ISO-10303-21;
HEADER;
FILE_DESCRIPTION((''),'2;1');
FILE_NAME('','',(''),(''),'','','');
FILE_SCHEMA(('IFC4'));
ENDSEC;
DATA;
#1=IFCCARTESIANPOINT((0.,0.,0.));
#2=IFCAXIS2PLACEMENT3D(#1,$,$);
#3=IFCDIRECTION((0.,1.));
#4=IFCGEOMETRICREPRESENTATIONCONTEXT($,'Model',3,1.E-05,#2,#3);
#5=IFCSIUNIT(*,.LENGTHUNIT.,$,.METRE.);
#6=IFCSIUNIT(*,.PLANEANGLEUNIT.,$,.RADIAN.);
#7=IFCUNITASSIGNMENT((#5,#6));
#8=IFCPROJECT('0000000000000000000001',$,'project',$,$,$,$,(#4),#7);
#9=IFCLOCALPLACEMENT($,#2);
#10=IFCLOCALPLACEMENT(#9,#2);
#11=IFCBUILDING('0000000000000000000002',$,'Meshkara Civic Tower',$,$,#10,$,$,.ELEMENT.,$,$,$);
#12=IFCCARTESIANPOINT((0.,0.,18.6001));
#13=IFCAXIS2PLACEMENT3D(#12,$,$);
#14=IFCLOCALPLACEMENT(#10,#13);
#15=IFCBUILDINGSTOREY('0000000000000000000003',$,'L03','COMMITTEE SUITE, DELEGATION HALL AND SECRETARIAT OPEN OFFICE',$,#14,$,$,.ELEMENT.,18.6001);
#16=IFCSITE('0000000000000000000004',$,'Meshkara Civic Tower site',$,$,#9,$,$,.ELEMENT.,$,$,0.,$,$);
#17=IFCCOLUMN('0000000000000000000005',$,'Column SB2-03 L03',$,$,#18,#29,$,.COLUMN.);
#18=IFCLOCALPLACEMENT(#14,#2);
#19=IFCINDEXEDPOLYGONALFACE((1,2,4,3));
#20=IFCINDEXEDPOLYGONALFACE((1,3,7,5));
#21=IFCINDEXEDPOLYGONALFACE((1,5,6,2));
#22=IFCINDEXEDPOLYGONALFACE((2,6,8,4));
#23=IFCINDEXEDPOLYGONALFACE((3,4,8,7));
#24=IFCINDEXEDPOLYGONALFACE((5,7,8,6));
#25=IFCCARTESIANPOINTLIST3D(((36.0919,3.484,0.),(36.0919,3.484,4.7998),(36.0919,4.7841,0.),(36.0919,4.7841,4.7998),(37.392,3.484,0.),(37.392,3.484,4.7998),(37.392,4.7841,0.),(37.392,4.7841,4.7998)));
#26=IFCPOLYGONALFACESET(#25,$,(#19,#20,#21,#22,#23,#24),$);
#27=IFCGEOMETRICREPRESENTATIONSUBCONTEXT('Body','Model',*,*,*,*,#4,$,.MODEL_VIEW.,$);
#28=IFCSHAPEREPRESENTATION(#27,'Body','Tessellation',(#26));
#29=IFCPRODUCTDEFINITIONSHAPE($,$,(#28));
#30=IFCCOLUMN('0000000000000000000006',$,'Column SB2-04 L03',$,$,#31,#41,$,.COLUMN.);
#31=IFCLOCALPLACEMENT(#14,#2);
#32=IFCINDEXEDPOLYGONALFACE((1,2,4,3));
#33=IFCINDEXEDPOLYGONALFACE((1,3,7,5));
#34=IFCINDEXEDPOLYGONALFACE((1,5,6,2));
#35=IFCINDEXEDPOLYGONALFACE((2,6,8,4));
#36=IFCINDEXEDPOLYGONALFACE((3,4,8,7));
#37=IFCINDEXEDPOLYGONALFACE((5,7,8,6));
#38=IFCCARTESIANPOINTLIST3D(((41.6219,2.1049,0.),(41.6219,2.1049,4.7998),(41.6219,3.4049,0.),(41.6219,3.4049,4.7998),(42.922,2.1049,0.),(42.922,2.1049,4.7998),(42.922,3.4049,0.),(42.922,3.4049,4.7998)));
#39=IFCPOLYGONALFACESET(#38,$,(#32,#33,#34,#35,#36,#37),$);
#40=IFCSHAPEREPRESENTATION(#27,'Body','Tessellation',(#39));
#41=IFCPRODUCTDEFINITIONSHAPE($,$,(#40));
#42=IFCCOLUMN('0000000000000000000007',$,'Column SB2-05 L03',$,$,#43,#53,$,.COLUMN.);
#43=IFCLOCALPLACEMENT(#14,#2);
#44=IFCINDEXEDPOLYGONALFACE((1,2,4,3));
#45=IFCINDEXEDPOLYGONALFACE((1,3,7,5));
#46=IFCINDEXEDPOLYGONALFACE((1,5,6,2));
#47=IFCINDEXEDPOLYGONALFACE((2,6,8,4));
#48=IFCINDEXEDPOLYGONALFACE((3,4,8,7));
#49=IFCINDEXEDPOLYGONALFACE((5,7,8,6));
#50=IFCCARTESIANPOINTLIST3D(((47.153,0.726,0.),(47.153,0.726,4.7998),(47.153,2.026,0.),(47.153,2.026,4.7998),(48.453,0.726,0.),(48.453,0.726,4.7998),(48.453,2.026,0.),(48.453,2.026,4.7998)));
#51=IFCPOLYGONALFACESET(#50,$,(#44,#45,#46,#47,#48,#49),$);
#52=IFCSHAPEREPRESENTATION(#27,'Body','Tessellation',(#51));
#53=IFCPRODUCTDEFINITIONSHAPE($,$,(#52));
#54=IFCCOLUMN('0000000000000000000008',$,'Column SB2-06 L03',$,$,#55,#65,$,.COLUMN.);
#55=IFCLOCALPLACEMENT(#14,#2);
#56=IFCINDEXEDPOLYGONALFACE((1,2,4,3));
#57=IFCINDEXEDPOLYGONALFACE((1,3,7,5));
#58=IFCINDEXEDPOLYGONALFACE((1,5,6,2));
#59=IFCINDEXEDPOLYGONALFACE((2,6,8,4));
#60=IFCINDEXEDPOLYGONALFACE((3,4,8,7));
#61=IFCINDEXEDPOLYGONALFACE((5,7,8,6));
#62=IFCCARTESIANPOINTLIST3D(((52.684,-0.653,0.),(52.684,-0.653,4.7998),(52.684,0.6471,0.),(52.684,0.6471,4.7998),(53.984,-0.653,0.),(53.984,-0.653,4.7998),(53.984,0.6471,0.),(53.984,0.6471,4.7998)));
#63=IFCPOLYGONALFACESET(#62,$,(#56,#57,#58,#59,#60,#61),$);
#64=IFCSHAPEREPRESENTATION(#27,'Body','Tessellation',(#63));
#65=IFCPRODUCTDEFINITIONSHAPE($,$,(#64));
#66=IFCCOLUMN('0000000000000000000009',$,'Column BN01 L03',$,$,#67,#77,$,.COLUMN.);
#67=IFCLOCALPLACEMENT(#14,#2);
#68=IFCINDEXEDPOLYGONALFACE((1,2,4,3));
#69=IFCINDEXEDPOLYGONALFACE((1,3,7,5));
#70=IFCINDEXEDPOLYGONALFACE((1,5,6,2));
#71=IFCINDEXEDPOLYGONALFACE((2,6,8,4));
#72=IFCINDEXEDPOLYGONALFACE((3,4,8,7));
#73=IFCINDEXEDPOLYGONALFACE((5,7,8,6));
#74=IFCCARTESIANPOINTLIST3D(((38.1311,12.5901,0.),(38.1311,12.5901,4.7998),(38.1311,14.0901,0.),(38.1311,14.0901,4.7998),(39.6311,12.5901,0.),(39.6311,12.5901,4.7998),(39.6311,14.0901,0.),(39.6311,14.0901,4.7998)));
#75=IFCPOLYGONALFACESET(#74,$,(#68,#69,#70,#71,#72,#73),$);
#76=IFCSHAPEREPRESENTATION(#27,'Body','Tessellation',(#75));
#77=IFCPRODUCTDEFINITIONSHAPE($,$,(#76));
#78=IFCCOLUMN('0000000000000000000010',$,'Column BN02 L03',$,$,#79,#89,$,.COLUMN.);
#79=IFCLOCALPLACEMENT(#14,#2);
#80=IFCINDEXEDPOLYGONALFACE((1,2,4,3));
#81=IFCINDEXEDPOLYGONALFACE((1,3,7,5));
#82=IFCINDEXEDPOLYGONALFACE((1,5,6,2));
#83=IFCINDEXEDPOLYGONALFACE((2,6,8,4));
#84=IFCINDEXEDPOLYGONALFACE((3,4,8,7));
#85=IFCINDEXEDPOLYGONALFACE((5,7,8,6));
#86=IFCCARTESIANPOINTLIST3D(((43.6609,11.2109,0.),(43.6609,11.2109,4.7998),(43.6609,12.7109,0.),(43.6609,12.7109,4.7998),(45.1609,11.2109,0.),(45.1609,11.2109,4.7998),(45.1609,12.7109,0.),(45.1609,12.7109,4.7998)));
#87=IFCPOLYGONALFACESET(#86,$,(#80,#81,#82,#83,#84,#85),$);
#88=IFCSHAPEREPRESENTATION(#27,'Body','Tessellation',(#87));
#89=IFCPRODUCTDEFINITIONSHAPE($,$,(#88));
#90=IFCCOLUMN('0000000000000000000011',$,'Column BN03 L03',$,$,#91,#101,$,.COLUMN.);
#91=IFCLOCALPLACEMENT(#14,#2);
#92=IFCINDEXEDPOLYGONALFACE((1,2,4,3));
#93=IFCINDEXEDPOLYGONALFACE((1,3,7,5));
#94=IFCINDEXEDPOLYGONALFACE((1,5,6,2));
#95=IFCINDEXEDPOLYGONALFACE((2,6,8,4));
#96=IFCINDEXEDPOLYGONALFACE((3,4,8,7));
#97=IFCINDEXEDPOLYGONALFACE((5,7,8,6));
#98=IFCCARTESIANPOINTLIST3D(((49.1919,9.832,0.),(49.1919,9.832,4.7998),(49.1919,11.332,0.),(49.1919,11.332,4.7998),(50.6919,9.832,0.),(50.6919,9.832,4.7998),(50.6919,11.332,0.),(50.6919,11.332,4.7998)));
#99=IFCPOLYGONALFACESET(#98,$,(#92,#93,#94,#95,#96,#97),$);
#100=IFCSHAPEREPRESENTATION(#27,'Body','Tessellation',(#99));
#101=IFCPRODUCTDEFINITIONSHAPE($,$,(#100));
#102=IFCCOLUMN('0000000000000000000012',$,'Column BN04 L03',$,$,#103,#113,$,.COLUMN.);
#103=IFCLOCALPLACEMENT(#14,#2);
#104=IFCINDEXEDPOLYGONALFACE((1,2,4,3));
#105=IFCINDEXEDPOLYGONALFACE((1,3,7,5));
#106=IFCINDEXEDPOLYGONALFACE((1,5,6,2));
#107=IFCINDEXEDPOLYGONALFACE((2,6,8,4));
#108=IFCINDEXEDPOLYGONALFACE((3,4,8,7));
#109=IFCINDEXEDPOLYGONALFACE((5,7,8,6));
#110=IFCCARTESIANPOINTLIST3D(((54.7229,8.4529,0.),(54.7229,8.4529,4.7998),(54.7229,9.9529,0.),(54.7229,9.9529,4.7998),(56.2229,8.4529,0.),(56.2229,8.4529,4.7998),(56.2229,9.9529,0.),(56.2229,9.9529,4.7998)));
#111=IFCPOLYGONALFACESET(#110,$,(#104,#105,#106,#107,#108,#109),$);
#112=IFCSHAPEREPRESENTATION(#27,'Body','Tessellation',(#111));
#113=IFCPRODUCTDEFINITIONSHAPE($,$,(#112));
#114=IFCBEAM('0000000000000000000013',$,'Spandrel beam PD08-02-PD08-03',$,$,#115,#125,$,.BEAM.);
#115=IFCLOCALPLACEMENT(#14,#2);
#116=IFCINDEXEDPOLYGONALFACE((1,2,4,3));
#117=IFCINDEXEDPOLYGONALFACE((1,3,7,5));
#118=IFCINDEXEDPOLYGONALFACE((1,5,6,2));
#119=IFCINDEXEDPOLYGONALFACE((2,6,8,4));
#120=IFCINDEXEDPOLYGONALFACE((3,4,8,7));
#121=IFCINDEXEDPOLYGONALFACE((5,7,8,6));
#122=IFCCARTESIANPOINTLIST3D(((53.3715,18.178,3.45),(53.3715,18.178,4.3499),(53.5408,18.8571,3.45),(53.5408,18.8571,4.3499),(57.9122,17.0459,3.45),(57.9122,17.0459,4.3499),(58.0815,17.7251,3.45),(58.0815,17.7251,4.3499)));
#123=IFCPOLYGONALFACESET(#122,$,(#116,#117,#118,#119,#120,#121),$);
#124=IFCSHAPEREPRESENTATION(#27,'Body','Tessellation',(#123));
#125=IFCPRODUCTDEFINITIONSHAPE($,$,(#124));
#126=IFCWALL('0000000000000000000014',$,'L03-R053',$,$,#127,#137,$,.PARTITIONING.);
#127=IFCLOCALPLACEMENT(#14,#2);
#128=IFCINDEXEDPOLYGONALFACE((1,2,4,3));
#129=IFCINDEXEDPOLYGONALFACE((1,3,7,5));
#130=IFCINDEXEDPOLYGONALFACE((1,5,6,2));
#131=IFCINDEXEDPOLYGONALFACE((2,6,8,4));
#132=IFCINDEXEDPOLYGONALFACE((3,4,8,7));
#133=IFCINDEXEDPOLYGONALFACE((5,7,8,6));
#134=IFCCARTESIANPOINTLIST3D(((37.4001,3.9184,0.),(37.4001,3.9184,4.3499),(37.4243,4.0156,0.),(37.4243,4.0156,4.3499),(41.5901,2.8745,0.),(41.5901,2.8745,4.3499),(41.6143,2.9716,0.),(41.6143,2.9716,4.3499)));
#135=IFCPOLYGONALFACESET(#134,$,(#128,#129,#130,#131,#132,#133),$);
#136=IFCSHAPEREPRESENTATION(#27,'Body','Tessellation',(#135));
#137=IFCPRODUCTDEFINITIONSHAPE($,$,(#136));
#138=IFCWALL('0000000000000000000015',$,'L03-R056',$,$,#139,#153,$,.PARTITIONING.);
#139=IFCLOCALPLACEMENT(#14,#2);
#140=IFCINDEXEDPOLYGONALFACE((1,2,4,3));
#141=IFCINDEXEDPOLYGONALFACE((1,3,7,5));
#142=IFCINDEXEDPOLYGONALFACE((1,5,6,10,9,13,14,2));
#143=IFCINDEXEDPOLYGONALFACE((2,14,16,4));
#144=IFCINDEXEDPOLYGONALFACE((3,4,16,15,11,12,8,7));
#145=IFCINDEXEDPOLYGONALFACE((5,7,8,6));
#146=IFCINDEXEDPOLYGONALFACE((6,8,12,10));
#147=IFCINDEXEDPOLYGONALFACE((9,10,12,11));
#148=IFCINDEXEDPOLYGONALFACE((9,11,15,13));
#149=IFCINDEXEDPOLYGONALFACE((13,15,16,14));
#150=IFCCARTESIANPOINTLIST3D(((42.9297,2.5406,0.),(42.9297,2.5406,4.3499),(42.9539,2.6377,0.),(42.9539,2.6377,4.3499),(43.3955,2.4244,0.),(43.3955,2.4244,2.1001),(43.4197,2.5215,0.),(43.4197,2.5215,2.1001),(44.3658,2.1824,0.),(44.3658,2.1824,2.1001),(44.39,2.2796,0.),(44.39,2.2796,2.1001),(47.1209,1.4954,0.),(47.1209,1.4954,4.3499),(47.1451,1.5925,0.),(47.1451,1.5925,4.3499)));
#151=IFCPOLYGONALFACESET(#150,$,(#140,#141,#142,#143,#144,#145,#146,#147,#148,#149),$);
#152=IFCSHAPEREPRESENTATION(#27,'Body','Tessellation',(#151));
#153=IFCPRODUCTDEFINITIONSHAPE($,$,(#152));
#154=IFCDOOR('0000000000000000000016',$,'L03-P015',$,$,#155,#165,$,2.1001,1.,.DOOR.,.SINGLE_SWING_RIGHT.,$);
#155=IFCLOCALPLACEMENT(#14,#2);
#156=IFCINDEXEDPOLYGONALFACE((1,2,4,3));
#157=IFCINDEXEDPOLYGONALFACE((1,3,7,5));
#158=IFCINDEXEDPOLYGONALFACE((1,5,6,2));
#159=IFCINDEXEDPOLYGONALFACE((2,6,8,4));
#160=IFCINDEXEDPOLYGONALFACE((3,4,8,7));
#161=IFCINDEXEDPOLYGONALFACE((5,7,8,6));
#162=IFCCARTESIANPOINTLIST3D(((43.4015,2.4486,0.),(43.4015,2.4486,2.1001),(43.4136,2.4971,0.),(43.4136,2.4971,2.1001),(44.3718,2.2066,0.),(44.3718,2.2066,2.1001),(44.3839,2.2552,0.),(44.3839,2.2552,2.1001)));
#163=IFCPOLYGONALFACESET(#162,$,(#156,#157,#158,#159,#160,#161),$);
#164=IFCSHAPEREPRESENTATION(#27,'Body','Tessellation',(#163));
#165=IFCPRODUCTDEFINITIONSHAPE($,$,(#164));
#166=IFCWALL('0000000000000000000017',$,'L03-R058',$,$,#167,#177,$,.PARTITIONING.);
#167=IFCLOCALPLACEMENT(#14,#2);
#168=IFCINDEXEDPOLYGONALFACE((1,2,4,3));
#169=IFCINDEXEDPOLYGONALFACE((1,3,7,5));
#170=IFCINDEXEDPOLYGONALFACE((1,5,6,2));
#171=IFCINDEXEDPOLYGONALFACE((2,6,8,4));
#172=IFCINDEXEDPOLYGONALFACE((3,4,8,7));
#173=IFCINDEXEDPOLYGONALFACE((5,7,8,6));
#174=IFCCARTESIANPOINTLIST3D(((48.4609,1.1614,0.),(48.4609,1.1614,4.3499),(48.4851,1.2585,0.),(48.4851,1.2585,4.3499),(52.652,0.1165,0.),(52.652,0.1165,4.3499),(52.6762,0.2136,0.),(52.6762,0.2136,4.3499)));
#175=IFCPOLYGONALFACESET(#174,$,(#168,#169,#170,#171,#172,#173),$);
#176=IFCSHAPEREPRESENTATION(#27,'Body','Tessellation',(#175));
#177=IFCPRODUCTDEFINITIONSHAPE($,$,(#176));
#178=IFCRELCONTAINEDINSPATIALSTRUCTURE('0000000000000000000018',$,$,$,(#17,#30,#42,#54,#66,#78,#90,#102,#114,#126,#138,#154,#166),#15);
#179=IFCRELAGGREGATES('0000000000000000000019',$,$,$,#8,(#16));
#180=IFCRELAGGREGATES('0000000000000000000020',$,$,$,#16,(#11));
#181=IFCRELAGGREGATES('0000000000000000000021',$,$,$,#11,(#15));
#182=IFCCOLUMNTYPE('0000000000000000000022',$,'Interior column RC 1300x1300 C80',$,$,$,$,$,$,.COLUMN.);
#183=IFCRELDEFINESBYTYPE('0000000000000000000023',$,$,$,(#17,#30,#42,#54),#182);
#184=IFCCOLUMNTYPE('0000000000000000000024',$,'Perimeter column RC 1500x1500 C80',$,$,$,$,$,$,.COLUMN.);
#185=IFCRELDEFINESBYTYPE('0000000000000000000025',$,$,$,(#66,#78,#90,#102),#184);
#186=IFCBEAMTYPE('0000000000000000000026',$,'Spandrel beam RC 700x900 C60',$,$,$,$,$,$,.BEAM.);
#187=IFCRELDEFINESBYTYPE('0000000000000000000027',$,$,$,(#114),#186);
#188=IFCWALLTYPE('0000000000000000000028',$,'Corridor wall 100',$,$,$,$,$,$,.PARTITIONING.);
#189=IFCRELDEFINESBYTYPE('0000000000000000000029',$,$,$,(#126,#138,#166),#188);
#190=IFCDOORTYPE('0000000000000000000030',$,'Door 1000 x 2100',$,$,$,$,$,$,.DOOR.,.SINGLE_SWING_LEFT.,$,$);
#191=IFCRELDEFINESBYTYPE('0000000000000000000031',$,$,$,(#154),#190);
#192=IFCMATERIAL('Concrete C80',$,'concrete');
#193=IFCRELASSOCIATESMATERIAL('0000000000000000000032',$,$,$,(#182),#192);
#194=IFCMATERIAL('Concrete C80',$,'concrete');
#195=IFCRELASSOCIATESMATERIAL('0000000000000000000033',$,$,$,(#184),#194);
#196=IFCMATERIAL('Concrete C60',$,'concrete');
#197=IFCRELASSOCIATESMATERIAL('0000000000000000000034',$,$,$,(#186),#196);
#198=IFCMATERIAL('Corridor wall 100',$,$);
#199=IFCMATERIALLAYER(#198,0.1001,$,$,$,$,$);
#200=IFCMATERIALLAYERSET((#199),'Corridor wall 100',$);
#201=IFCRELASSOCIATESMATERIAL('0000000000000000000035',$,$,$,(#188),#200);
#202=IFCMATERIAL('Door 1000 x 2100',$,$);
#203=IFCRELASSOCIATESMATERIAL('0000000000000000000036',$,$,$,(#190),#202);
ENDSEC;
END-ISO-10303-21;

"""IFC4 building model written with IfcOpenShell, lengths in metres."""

from ifc_helpers import new_model, si_unit, direction, frame, frame_2d, origin, origin_2d, place, context, subcontext, project, spatial, rectangle, extrude, material, layer, layer_set, material_profile, profile_set, type_object, element, fill, save


model = new_model("IFC4")

# Units and contexts
model_context = context("Model", 3, precision=1e-05, world=origin(), true_north=direction((0.0, 1.0)))
body_context = subcontext(model_context, "Body", "Model", "MODEL_VIEW")
ifc_project = project(units=[si_unit("LENGTHUNIT", "METRE"), si_unit("PLANEANGLEUNIT", "RADIAN")], contexts=[model_context])

# Site, building, storey
site_placement = place(None, origin())
site = spatial("IfcSite", under=ifc_project, at=site_placement, Name="Meshkara Civic Tower site", CompositionType="ELEMENT", RefElevation=0.0)
building_placement = place(site_placement, origin())
building = spatial("IfcBuilding", under=site, at=building_placement, Name="Meshkara Civic Tower", CompositionType="ELEMENT")
storey_placement = place(building_placement, frame((0.0, 0.0, 18.6001)))
storey = spatial("IfcBuildingStorey", under=building, at=storey_placement, Name="L03", Description="COMMITTEE SUITE, DELEGATION HALL AND SECRETARIAT OPEN OFFICE", CompositionType="ELEMENT", Elevation=18.6001)

# Columns
ifc_material_1 = material(Name="Concrete C80", Category="concrete")
ifc_material_profile_1 = material_profile(ifc_material_1, rectangle(XDim=1.3, YDim=1.3, at=origin_2d()))
ifc_profile_set_1 = profile_set([ifc_material_profile_1], Name="Concrete C80")
column_type_1 = type_object("IfcColumnType", Name="Interior column RC 1300x1300 C80", PredefinedType="COLUMN", material=ifc_profile_set_1)
for number, where, z_axis, x_axis, name in (
    (1, (36.7419, 4.134, 0.0), (0.0, 0.0, 1.0), (1.0, 0.0, 0.0), "Column SB2-03 L03"),
    (2, (42.272, 2.7549, 0.0), (0.0, 0.0, 1.0), (1.0, 0.0, 0.0), "Column SB2-04 L03"),
    (3, (47.803, 1.376, 0.0), (0.0, 0.0, 1.0), (1.0, 0.0, 0.0), "Column SB2-05 L03"),
    (4, (53.334, -0.0029, 0.0), (0.0, 0.0, 1.0), (1.0, 0.0, 0.0), "Column SB2-06 L03"),
):
    element("IfcColumn", number, at=place(storey_placement, frame(where, z_axis=z_axis, x_axis=x_axis)), inside=storey, type_object=column_type_1, Name=name, PredefinedType="COLUMN", context=body_context, shape_type="SweptSolid", body=[
        extrude(rectangle(XDim=1.3, YDim=1.3, at=origin_2d()), origin(), (0.0, 0.0, 1.0), 4.7998),
    ])
ifc_material_2 = material(Name="Concrete C80", Category="concrete")
ifc_material_profile_2 = material_profile(ifc_material_2, rectangle(XDim=1.5, YDim=1.5, at=origin_2d()))
ifc_profile_set_2 = profile_set([ifc_material_profile_2], Name="Concrete C80")
column_type_2 = type_object("IfcColumnType", Name="Perimeter column RC 1500x1500 C80", PredefinedType="COLUMN", material=ifc_profile_set_2)
for number, where, z_axis, x_axis, name in (
    (5, (38.8811, 13.3401, 0.0), (0.0, 0.0, 1.0), (1.0, 0.0, 0.0), "Column BN01 L03"),
    (6, (44.4109, 11.9609, 0.0), (0.0, 0.0, 1.0), (1.0, 0.0, 0.0), "Column BN02 L03"),
    (7, (49.9419, 10.582, 0.0), (0.0, 0.0, 1.0), (1.0, 0.0, 0.0), "Column BN03 L03"),
    (8, (55.4729, 9.2029, 0.0), (0.0, 0.0, 1.0), (1.0, 0.0, 0.0), "Column BN04 L03"),
):
    element("IfcColumn", number, at=place(storey_placement, frame(where, z_axis=z_axis, x_axis=x_axis)), inside=storey, type_object=column_type_2, Name=name, PredefinedType="COLUMN", context=body_context, shape_type="SweptSolid", body=[
        extrude(rectangle(XDim=1.5, YDim=1.5, at=origin_2d()), origin(), (0.0, 0.0, 1.0), 4.7998),
    ])

# Beam
ifc_material_3 = material(Name="Concrete C60", Category="concrete")
ifc_material_profile_3 = material_profile(ifc_material_3, rectangle(XDim=0.7, YDim=0.8999, at=origin_2d()))
ifc_profile_set_3 = profile_set([ifc_material_profile_3], Name="Concrete C60")
beam_type = type_object("IfcBeamType", Name="Spandrel beam RC 700x900 C60", PredefinedType="BEAM", material=ifc_profile_set_3)
beam_placement = place(storey_placement, frame((57.9968, 17.3855, 3.8999), z_axis=(-0.970299, 0.24191, 0.0), x_axis=(-0.24191, -0.970299, 0.0)))
element("IfcBeam", 9, at=beam_placement, inside=storey, type_object=beam_type, Name="Spandrel beam PD08-02-PD08-03", PredefinedType="BEAM", context=body_context, shape_type="SweptSolid", body=[
    extrude(rectangle(XDim=0.7, YDim=0.8999, at=origin_2d()), origin(), (0.0, 0.0, 1.0), 4.6797),
])

# Wall
ifc_material_4 = material(Name="Corridor wall 100")
ifc_layer_1 = layer(ifc_material_4, 0.1001)
ifc_layer_set_1 = layer_set([ifc_layer_1], Name="Corridor wall 100")
wall_type_1 = type_object("IfcWallType", Name="Corridor wall 100", PredefinedType="PARTITIONING", material=ifc_layer_set_1)
wall_1_placement = place(storey_placement, frame((37.4121, 3.967, 0.0), z_axis=(0.0, 0.0, 1.0), x_axis=(0.970335, -0.241764, 0.0)))
element("IfcWall", 10, at=wall_1_placement, inside=storey, type_object=wall_type_1, Name="L03-R053", PredefinedType="PARTITIONING", context=body_context, shape_type="SweptSolid", body=[
    extrude(rectangle(XDim=4.3181, YDim=0.1001, at=frame_2d((2.1592, 0.0))), origin(), (0.0, 0.0, 1.0), 4.3499),
])

# Wall, opening, door
wall_2_placement = place(storey_placement, frame((42.9419, 2.5891, 0.0), z_axis=(0.0, 0.0, 1.0), x_axis=(0.970285, -0.241964, 0.0)))
wall_2 = element("IfcWall", 11, at=wall_2_placement, inside=storey, type_object=wall_type_1, Name="L03-R056", PredefinedType="PARTITIONING", context=body_context, shape_type="SweptSolid", body=[
    extrude(rectangle(XDim=4.3196, YDim=0.1001, at=frame_2d((2.1597, 0.0))), origin(), (0.0, 0.0, 1.0), 4.3499),
])
opening_1_placement = place(wall_2_placement, frame((0.48, 0.0, 0.0)))
opening_1 = element("IfcOpeningElement", 12, at=opening_1_placement, cuts=wall_2, PredefinedType="OPENING", context=body_context, shape_type="SweptSolid", body=[
    extrude(rectangle(XDim=1.0, YDim=2.1001, at=frame_2d((0.5, 1.05))), frame((0.0, 0.0601, 0.0), z_axis=(0.0, -1.0, 0.0), x_axis=(1.0, 0.0, 0.0)), (0.0, 0.0, 1.0), 0.1201),
])
ifc_material_5 = material(Name="Door 1000 x 2100")
door_type = type_object("IfcDoorType", Name="Door 1000 x 2100", OperationType="SINGLE_SWING_LEFT", PredefinedType="DOOR", material=ifc_material_5)
door_placement = place(opening_1_placement, origin())
door = element("IfcDoor", 13, at=door_placement, inside=storey, type_object=door_type, Name="L03-P015", OperationType="SINGLE_SWING_RIGHT", OverallHeight=2.1001, OverallWidth=1.0, PredefinedType="DOOR", context=body_context, shape_type="SweptSolid", body=[
    extrude(rectangle(XDim=1.0, YDim=2.1001, at=frame_2d((0.5, 1.05))), frame((0.0, 0.0249, 0.0), z_axis=(0.0, -1.0, 0.0), x_axis=(1.0, 0.0, 0.0)), (0.0, 0.0, 1.0), 0.05),
])
fill(opening_1, door)

# Wall
wall_3_placement = place(storey_placement, frame((52.6641, 0.165, 0.0), z_axis=(0.0, 0.0, 1.0), x_axis=(-0.970299, 0.241911, 0.0)))
element("IfcWall", 14, at=wall_3_placement, inside=storey, type_object=wall_type_1, Name="L03-R058", PredefinedType="PARTITIONING", context=body_context, shape_type="SweptSolid", body=[
    extrude(rectangle(XDim=4.3193, YDim=0.1001, at=frame_2d((2.1597, 0.0))), origin(), (0.0, 0.0, 1.0), 4.3499),
])

save(model, "model.ifc")
